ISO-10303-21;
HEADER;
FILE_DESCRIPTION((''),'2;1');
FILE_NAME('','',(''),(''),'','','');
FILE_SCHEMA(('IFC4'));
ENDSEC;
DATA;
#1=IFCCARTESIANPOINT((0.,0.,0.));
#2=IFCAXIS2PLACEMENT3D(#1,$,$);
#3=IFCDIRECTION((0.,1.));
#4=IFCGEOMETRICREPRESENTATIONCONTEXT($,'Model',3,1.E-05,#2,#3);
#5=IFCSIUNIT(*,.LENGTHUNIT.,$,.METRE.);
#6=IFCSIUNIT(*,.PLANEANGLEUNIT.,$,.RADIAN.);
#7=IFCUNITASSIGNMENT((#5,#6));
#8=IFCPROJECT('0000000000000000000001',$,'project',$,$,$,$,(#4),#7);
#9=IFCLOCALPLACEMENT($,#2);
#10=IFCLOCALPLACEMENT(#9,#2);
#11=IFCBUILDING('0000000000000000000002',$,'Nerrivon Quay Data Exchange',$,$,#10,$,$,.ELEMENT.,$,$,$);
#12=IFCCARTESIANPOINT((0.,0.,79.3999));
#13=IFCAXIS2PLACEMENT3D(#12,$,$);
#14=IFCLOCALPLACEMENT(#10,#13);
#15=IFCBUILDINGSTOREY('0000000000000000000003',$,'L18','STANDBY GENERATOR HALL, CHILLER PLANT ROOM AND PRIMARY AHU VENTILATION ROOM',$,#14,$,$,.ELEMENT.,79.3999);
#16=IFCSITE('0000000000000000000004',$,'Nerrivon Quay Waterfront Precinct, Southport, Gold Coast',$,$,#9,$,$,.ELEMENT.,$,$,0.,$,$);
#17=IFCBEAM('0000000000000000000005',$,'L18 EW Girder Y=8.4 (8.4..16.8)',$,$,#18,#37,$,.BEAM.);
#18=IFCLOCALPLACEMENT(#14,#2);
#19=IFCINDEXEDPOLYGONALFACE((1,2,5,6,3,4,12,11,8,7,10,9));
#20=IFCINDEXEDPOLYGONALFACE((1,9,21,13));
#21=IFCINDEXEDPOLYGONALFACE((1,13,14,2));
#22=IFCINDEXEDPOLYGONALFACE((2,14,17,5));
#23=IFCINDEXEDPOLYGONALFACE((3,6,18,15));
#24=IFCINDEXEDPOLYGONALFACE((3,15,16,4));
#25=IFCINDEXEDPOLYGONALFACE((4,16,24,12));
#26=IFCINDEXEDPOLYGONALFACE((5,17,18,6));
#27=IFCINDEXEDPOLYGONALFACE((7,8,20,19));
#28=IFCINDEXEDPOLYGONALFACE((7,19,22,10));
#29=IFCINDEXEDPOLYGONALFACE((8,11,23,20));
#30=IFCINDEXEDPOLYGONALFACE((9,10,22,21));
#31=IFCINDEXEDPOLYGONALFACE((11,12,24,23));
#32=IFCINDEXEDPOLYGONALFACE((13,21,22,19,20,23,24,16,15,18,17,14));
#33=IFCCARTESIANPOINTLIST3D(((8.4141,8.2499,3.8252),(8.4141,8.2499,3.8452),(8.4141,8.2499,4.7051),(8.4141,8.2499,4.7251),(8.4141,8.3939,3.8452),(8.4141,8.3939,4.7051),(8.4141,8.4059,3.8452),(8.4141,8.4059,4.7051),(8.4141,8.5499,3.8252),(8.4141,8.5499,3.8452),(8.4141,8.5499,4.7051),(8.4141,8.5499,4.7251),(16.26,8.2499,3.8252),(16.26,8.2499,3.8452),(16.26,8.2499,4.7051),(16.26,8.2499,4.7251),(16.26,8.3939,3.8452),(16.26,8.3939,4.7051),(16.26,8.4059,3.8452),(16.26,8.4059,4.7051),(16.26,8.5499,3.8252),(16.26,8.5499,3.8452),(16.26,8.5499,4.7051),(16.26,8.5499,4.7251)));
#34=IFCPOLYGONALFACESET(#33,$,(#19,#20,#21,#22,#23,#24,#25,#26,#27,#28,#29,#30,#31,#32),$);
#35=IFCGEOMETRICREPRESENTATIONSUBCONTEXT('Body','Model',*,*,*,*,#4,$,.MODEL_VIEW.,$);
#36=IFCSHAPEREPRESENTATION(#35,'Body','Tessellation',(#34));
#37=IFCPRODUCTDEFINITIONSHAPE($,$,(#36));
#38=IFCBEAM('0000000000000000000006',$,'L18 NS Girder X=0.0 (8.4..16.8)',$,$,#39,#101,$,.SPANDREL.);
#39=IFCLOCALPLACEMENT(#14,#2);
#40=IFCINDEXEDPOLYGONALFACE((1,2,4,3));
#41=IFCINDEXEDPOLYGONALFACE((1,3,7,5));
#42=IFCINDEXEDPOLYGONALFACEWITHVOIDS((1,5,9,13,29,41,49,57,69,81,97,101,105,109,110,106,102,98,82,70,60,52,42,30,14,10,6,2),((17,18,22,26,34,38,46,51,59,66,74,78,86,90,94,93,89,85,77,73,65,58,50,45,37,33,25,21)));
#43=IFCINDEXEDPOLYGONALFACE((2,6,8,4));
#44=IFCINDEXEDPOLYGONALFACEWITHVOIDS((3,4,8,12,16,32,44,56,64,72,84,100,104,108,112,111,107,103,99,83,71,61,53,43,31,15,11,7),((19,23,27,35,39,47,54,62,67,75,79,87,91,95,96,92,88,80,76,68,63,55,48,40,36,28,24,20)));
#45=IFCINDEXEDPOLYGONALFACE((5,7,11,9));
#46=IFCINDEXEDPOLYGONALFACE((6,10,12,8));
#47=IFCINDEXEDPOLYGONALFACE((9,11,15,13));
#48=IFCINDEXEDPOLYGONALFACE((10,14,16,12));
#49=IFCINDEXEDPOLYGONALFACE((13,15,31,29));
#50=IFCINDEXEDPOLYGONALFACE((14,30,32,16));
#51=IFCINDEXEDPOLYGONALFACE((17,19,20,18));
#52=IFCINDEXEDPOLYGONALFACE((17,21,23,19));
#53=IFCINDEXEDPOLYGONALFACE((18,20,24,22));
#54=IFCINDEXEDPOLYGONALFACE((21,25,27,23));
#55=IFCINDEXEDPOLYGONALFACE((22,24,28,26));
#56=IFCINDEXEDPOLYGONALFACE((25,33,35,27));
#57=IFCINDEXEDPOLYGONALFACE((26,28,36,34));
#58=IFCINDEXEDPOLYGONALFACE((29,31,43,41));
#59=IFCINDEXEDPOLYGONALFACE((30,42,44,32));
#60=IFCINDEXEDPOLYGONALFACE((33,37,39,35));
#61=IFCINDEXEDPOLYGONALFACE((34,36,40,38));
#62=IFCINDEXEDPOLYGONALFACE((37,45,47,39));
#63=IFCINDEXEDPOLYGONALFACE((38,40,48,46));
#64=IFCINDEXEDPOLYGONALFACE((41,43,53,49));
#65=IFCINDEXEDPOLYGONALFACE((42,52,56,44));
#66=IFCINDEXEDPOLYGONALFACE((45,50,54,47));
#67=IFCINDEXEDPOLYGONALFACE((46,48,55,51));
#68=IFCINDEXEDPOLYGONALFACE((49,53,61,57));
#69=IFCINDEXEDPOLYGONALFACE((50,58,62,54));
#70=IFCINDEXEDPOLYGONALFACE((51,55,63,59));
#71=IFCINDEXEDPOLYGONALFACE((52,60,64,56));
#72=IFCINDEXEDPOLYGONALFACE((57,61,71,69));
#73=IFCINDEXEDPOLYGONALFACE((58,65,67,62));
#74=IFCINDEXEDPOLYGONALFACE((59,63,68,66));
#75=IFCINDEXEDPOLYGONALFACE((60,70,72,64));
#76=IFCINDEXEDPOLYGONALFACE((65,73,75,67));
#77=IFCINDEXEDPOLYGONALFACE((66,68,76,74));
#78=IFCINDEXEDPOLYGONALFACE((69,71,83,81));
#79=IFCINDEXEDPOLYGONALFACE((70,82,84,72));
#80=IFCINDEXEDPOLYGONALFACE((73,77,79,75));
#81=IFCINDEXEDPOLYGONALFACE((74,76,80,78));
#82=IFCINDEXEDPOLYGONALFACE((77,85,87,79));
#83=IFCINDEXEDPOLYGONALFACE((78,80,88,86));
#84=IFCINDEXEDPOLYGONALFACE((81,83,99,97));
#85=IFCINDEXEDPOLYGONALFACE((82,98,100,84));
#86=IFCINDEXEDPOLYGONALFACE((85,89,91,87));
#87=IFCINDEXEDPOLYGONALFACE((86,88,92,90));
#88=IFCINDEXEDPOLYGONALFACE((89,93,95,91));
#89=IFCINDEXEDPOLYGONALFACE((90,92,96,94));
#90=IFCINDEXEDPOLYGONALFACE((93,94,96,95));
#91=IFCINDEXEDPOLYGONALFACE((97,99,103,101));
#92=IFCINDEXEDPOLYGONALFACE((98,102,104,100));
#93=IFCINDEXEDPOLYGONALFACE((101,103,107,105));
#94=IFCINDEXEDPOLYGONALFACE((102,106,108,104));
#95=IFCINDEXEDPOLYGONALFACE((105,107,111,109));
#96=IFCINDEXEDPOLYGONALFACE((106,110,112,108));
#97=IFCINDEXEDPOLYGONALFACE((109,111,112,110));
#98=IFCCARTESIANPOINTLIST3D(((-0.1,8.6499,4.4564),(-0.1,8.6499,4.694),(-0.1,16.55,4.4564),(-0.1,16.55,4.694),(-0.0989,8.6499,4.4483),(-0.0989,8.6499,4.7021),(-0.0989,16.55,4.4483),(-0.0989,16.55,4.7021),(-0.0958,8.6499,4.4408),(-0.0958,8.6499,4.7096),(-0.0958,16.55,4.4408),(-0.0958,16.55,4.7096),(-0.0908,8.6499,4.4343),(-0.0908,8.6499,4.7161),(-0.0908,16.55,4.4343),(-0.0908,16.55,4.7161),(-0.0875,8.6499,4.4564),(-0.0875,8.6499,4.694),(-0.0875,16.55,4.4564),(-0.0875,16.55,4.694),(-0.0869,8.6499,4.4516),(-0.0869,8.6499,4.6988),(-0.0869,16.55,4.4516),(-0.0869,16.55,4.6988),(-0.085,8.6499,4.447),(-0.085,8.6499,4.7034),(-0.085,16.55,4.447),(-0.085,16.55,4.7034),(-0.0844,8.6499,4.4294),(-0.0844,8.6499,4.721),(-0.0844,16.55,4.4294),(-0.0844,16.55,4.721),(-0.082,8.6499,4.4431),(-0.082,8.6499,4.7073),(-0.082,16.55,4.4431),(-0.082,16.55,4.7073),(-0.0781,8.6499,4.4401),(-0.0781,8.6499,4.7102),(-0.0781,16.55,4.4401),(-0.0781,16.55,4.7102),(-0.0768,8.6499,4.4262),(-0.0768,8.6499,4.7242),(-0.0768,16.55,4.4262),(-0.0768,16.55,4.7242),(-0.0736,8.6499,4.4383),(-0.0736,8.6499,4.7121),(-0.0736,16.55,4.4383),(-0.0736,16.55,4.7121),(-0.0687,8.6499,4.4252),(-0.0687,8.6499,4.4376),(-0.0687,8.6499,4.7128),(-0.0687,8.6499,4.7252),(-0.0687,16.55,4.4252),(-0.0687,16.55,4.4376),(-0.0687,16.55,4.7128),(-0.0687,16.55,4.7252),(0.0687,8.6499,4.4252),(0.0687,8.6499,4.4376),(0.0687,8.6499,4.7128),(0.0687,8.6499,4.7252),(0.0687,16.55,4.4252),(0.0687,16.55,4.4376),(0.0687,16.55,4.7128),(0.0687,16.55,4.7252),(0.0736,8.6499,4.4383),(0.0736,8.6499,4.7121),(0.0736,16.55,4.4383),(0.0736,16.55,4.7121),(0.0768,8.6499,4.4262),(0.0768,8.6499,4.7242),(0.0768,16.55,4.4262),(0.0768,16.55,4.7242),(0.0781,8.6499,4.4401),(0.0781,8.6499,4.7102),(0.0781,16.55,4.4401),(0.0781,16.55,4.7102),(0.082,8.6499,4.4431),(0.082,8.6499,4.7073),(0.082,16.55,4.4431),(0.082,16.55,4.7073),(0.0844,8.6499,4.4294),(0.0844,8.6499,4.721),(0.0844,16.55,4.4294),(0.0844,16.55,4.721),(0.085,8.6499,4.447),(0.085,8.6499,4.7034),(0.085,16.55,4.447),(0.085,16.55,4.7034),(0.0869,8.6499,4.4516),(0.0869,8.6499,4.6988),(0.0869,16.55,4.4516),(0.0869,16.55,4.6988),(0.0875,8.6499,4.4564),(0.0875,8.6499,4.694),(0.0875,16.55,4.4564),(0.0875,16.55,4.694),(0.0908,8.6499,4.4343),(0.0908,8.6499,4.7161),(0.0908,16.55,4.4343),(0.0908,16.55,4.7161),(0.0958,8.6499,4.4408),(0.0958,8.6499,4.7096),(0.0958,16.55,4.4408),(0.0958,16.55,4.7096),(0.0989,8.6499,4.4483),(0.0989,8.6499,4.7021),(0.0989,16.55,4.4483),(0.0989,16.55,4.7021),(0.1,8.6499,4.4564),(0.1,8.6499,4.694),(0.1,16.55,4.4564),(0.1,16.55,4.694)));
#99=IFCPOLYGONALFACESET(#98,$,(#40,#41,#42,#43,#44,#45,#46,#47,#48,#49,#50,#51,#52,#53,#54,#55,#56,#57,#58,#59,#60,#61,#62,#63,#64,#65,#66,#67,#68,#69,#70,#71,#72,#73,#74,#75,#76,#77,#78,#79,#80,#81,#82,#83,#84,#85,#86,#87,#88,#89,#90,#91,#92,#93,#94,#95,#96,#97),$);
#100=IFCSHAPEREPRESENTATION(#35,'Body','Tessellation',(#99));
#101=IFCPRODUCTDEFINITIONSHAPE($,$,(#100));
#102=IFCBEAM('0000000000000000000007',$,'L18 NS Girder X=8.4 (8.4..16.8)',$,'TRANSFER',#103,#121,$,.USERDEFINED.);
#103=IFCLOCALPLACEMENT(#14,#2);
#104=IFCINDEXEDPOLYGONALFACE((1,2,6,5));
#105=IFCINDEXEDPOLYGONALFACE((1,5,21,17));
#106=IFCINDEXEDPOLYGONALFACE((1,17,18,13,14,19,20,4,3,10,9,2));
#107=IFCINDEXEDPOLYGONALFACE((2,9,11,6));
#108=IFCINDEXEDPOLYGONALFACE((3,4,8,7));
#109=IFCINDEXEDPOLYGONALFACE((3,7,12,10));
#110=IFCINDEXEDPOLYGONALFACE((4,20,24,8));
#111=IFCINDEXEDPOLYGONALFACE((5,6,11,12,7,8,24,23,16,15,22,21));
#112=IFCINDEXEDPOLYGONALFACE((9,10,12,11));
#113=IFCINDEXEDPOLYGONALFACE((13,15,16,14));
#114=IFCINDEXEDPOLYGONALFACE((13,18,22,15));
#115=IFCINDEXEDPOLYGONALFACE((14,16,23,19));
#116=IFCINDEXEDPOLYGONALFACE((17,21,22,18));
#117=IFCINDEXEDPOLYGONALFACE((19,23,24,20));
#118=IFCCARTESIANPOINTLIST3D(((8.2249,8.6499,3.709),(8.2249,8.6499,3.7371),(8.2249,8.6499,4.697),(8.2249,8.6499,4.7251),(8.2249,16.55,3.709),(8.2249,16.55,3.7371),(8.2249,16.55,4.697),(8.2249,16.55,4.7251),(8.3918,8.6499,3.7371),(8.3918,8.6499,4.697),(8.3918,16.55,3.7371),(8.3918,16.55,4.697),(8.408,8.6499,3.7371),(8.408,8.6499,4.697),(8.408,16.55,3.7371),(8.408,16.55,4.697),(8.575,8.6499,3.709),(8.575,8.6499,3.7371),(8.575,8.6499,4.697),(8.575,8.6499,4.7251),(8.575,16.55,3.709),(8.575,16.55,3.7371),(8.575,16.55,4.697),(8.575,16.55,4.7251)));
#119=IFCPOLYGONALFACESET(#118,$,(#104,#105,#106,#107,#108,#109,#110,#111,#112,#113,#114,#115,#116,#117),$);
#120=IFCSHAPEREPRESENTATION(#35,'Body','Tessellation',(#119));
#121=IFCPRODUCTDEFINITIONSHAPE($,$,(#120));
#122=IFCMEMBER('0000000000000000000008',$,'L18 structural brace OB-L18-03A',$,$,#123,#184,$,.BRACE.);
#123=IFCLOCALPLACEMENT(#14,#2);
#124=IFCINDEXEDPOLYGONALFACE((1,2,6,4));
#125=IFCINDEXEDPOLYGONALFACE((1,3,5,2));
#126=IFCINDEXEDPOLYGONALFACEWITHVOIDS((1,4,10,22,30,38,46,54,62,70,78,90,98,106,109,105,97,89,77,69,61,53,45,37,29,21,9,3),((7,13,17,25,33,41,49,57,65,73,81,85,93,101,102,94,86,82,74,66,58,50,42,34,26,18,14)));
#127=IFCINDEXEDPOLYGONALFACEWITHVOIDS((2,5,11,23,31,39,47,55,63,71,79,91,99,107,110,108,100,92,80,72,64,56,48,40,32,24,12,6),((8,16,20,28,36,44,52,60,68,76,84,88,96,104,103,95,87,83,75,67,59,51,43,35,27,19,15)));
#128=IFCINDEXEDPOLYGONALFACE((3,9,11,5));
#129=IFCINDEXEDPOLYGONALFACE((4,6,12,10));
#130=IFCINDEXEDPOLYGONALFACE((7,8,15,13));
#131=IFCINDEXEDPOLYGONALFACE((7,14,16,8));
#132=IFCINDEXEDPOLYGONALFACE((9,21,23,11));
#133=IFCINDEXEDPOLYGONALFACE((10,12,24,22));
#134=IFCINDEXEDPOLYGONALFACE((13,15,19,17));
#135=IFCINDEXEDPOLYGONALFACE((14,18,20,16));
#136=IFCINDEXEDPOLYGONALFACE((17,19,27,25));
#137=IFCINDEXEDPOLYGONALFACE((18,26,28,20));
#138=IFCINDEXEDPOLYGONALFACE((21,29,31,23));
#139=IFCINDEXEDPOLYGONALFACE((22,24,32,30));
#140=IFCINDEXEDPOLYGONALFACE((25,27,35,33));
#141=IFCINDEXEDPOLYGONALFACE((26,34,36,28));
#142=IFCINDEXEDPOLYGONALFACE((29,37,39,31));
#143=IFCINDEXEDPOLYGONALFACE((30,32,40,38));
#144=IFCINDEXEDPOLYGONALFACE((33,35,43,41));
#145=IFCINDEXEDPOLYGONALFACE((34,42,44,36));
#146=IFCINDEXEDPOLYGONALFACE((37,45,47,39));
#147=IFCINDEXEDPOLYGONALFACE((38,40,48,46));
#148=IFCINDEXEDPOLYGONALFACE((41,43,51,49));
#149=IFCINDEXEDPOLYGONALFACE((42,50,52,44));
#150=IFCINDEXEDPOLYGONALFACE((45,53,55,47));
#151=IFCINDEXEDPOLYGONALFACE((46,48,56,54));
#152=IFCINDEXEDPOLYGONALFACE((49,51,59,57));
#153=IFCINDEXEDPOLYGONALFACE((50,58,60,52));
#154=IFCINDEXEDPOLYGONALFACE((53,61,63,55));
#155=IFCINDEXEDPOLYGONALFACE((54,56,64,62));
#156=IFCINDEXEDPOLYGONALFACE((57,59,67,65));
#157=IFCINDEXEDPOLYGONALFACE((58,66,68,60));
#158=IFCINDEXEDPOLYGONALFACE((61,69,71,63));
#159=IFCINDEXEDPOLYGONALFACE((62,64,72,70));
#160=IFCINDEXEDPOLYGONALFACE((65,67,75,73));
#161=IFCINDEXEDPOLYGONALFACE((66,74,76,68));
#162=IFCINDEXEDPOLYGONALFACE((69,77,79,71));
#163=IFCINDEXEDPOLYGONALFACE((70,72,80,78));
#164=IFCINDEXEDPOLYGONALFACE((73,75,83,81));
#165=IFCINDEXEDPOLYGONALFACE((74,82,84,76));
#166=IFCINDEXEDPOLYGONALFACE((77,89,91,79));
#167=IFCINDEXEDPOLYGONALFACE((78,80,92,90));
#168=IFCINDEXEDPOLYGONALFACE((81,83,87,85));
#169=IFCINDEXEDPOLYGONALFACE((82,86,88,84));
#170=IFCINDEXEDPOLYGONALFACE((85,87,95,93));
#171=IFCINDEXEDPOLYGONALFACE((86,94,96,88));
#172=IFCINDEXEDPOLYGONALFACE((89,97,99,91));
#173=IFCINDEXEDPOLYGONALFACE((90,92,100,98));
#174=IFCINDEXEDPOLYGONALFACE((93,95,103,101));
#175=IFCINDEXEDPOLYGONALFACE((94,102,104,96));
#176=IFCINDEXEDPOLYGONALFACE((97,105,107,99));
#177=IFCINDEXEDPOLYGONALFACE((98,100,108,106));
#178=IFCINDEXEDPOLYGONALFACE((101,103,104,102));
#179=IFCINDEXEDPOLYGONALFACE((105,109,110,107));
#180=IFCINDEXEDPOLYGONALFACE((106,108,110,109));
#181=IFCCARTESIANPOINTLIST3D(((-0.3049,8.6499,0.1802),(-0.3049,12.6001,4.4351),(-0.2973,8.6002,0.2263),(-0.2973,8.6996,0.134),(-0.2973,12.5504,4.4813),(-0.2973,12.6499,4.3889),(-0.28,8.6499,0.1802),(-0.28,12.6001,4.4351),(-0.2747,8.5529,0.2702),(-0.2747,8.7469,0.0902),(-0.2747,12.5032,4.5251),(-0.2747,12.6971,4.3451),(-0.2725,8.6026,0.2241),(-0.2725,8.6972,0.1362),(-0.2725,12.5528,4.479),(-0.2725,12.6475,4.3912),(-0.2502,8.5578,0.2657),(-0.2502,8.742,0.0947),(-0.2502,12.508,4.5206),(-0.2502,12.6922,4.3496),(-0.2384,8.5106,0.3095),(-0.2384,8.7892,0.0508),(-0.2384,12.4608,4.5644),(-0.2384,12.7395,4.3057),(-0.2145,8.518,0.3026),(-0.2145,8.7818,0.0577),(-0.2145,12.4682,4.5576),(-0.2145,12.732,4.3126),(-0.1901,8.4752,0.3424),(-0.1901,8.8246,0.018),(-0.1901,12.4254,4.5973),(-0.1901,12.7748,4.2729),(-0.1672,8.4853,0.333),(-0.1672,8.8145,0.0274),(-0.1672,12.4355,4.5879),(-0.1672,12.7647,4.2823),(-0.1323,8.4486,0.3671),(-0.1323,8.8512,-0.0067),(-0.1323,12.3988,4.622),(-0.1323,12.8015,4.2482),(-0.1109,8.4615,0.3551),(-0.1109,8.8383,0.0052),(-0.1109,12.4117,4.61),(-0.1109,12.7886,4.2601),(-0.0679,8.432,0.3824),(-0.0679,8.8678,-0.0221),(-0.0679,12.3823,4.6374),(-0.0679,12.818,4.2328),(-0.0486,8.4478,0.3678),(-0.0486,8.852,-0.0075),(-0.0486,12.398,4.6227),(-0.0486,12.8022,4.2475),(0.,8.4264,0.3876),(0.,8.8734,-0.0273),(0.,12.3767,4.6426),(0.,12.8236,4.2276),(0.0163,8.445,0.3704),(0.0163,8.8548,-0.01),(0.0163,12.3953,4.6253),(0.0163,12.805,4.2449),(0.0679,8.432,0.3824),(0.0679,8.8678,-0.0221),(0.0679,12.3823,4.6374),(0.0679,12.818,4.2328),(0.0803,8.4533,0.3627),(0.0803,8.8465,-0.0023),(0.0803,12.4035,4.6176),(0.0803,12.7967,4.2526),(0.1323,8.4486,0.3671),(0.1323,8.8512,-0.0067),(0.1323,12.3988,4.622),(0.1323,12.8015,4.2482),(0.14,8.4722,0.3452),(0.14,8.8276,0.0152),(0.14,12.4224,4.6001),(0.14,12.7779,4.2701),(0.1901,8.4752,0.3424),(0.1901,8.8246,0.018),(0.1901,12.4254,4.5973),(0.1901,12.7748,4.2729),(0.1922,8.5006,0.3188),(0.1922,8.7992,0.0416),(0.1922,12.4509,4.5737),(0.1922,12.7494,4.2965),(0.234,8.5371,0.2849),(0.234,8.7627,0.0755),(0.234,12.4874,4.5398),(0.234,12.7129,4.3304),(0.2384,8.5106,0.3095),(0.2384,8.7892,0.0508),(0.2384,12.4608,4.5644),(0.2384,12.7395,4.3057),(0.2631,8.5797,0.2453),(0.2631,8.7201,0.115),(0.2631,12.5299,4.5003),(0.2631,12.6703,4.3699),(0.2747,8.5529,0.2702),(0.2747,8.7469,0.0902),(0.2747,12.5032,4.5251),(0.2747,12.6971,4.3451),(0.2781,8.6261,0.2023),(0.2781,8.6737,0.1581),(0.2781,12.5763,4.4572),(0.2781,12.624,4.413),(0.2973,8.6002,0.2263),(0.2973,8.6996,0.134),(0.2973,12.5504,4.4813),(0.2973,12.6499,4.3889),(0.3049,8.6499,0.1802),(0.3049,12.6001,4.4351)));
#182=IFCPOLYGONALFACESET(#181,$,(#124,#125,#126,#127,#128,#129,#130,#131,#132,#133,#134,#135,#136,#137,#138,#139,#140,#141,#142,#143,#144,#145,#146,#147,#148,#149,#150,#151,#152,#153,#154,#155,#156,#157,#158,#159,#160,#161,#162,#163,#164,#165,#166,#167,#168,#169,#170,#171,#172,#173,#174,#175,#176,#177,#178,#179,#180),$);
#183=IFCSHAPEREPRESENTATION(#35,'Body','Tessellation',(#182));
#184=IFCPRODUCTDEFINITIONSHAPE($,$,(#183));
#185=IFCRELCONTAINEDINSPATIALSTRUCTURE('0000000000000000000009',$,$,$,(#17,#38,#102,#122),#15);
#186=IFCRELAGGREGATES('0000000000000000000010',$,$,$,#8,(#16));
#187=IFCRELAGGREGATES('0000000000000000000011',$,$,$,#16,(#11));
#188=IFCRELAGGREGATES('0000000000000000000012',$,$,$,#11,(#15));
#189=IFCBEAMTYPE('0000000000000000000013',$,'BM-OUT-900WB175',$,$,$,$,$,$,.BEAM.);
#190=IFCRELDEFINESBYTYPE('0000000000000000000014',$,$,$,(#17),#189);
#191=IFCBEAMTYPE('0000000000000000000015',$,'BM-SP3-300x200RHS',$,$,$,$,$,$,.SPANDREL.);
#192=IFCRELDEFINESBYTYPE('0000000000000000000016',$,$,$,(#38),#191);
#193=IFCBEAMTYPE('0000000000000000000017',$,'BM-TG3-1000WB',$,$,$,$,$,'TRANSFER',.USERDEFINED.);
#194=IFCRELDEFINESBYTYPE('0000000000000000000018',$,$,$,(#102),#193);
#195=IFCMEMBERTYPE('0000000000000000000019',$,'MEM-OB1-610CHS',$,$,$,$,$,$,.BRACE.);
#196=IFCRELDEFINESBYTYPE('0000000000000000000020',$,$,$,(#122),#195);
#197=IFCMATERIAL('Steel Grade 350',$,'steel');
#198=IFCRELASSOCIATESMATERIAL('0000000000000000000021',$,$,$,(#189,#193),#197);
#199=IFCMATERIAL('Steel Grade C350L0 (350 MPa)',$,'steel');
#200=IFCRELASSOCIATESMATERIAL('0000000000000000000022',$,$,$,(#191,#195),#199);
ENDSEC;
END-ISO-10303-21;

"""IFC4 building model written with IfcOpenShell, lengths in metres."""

from ifc_helpers import new_model, si_unit, direction, frame, origin, origin_2d, place, context, subcontext, project, spatial, hollow_rectangle, hollow_circle, i_section, extrude, material, material_profile, profile_set, type_object, element, save


model = new_model("IFC4")

# Units and contexts
model_context = context("Model", 3, precision=1e-05, world=origin(), true_north=direction((0.0, 1.0)))
body_context = subcontext(model_context, "Body", "Model", "MODEL_VIEW")
ifc_project = project(units=[si_unit("LENGTHUNIT", "METRE"), si_unit("PLANEANGLEUNIT", "RADIAN")], contexts=[model_context])

# Site, building, storey
site_placement = place(None, origin())
site = spatial("IfcSite", under=ifc_project, at=site_placement, Name="Nerrivon Quay Waterfront Precinct, Southport, Gold Coast", CompositionType="ELEMENT", RefElevation=0.0)
building_placement = place(site_placement, origin())
building = spatial("IfcBuilding", under=site, at=building_placement, Name="Nerrivon Quay Data Exchange", CompositionType="ELEMENT")
storey_placement = place(building_placement, frame((0.0, 0.0, 79.3999)))
storey = spatial("IfcBuildingStorey", under=building, at=storey_placement, Name="L18", Description="STANDBY GENERATOR HALL, CHILLER PLANT ROOM AND PRIMARY AHU VENTILATION ROOM", CompositionType="ELEMENT", Elevation=79.3999)

# Shared definitions
ifc_material_1 = material(Name="Steel Grade 350", Category="steel")

# Beams
ifc_material_profile_1 = material_profile(ifc_material_1, i_section(OverallWidth=0.3, OverallDepth=0.8999, WebThickness=0.012, FlangeThickness=0.02, at=origin_2d()), Name="900WB175")
ifc_profile_set_1 = profile_set([ifc_material_profile_1], Name="Steel Grade 350")
beam_type_1 = type_object("IfcBeamType", Name="BM-OUT-900WB175", PredefinedType="BEAM", material=ifc_profile_set_1)
beam_1_placement = place(storey_placement, frame((8.4141, 8.3999, 4.2751), z_axis=(1.0, 0.0, 0.0), x_axis=(0.0, 1.0, 0.0)))
element("IfcBeam", 1, at=beam_1_placement, inside=storey, type_object=beam_type_1, Name="L18 EW Girder Y=8.4 (8.4..16.8)", PredefinedType="BEAM", context=body_context, shape_type="SweptSolid", body=[
    extrude(i_section(OverallWidth=0.3, OverallDepth=0.8999, WebThickness=0.012, FlangeThickness=0.02, at=origin_2d()), origin(), (0.0, 0.0, 1.0), 7.8459),
])
ifc_material_2 = material(Name="Steel Grade C350L0 (350 MPa)", Category="steel")
ifc_material_profile_2 = material_profile(ifc_material_2, hollow_rectangle(XDim=0.2, YDim=0.3, WallThickness=0.0125, InnerFilletRadius=0.0188, OuterFilletRadius=0.0312, at=origin_2d()), Name="300x200x12.5RHS")
ifc_profile_set_2 = profile_set([ifc_material_profile_2], Name="Steel Grade C350L0 (350 MPa)")
beam_type_2 = type_object("IfcBeamType", Name="BM-SP3-300x200RHS", PredefinedType="SPANDREL", material=ifc_profile_set_2)
beam_2_placement = place(storey_placement, frame((0.0, 8.6499, 4.5752), z_axis=(0.0, 1.0, 0.0), x_axis=(-1.0, 0.0, 0.0)))
element("IfcBeam", 2, at=beam_2_placement, inside=storey, type_object=beam_type_2, Name="L18 NS Girder X=0.0 (8.4..16.8)", PredefinedType="SPANDREL", context=body_context, shape_type="SweptSolid", body=[
    extrude(hollow_rectangle(XDim=0.2, YDim=0.3, WallThickness=0.0125, InnerFilletRadius=0.0188, OuterFilletRadius=0.0312, at=origin_2d()), origin(), (0.0, 0.0, 1.0), 7.9001),
])
ifc_material_profile_3 = material_profile(ifc_material_1, i_section(OverallWidth=0.3501, OverallDepth=1.0161, WebThickness=0.0161, FlangeThickness=0.0281, at=origin_2d()), Name="1000WB258")
ifc_profile_set_3 = profile_set([ifc_material_profile_3], Name="Steel Grade 350")
beam_type_3 = type_object("IfcBeamType", Name="BM-TG3-1000WB", ElementType="TRANSFER", PredefinedType="USERDEFINED", material=ifc_profile_set_3)
beam_3_placement = place(storey_placement, frame((8.3999, 8.6499, 4.217), z_axis=(0.0, 1.0, 0.0), x_axis=(-1.0, 0.0, 0.0)))
element("IfcBeam", 3, at=beam_3_placement, inside=storey, type_object=beam_type_3, Name="L18 NS Girder X=8.4 (8.4..16.8)", ObjectType="TRANSFER", PredefinedType="USERDEFINED", context=body_context, shape_type="SweptSolid", body=[
    extrude(i_section(OverallWidth=0.3501, OverallDepth=1.0161, WebThickness=0.0161, FlangeThickness=0.0281, at=origin_2d()), origin(), (0.0, 0.0, 1.0), 7.9001),
])

# Member
ifc_material_profile_4 = material_profile(ifc_material_2, hollow_circle(Radius=0.3049, WallThickness=0.0249, at=origin_2d()), Name="610.0x25.0CHS")
ifc_profile_set_4 = profile_set([ifc_material_profile_4], Name="Steel Grade C350L0 (350 MPa)")
member_type = type_object("IfcMemberType", Name="MEM-OB1-610CHS", PredefinedType="BRACE", material=ifc_profile_set_4)
member_placement = place(storey_placement, frame((0.0, 8.6499, 0.1802), z_axis=(0.0, 0.68038, 0.732859), x_axis=(-1.0, 0.0, 0.0)))
element("IfcMember", 4, at=member_placement, inside=storey, type_object=member_type, Name="L18 structural brace OB-L18-03A", PredefinedType="BRACE", context=body_context, shape_type="SweptSolid", body=[
    extrude(hollow_circle(Radius=0.3049, WallThickness=0.0249, at=origin_2d()), origin(), (0.0, 0.0, 1.0), 5.8059),
])

save(model, "model.ifc")
